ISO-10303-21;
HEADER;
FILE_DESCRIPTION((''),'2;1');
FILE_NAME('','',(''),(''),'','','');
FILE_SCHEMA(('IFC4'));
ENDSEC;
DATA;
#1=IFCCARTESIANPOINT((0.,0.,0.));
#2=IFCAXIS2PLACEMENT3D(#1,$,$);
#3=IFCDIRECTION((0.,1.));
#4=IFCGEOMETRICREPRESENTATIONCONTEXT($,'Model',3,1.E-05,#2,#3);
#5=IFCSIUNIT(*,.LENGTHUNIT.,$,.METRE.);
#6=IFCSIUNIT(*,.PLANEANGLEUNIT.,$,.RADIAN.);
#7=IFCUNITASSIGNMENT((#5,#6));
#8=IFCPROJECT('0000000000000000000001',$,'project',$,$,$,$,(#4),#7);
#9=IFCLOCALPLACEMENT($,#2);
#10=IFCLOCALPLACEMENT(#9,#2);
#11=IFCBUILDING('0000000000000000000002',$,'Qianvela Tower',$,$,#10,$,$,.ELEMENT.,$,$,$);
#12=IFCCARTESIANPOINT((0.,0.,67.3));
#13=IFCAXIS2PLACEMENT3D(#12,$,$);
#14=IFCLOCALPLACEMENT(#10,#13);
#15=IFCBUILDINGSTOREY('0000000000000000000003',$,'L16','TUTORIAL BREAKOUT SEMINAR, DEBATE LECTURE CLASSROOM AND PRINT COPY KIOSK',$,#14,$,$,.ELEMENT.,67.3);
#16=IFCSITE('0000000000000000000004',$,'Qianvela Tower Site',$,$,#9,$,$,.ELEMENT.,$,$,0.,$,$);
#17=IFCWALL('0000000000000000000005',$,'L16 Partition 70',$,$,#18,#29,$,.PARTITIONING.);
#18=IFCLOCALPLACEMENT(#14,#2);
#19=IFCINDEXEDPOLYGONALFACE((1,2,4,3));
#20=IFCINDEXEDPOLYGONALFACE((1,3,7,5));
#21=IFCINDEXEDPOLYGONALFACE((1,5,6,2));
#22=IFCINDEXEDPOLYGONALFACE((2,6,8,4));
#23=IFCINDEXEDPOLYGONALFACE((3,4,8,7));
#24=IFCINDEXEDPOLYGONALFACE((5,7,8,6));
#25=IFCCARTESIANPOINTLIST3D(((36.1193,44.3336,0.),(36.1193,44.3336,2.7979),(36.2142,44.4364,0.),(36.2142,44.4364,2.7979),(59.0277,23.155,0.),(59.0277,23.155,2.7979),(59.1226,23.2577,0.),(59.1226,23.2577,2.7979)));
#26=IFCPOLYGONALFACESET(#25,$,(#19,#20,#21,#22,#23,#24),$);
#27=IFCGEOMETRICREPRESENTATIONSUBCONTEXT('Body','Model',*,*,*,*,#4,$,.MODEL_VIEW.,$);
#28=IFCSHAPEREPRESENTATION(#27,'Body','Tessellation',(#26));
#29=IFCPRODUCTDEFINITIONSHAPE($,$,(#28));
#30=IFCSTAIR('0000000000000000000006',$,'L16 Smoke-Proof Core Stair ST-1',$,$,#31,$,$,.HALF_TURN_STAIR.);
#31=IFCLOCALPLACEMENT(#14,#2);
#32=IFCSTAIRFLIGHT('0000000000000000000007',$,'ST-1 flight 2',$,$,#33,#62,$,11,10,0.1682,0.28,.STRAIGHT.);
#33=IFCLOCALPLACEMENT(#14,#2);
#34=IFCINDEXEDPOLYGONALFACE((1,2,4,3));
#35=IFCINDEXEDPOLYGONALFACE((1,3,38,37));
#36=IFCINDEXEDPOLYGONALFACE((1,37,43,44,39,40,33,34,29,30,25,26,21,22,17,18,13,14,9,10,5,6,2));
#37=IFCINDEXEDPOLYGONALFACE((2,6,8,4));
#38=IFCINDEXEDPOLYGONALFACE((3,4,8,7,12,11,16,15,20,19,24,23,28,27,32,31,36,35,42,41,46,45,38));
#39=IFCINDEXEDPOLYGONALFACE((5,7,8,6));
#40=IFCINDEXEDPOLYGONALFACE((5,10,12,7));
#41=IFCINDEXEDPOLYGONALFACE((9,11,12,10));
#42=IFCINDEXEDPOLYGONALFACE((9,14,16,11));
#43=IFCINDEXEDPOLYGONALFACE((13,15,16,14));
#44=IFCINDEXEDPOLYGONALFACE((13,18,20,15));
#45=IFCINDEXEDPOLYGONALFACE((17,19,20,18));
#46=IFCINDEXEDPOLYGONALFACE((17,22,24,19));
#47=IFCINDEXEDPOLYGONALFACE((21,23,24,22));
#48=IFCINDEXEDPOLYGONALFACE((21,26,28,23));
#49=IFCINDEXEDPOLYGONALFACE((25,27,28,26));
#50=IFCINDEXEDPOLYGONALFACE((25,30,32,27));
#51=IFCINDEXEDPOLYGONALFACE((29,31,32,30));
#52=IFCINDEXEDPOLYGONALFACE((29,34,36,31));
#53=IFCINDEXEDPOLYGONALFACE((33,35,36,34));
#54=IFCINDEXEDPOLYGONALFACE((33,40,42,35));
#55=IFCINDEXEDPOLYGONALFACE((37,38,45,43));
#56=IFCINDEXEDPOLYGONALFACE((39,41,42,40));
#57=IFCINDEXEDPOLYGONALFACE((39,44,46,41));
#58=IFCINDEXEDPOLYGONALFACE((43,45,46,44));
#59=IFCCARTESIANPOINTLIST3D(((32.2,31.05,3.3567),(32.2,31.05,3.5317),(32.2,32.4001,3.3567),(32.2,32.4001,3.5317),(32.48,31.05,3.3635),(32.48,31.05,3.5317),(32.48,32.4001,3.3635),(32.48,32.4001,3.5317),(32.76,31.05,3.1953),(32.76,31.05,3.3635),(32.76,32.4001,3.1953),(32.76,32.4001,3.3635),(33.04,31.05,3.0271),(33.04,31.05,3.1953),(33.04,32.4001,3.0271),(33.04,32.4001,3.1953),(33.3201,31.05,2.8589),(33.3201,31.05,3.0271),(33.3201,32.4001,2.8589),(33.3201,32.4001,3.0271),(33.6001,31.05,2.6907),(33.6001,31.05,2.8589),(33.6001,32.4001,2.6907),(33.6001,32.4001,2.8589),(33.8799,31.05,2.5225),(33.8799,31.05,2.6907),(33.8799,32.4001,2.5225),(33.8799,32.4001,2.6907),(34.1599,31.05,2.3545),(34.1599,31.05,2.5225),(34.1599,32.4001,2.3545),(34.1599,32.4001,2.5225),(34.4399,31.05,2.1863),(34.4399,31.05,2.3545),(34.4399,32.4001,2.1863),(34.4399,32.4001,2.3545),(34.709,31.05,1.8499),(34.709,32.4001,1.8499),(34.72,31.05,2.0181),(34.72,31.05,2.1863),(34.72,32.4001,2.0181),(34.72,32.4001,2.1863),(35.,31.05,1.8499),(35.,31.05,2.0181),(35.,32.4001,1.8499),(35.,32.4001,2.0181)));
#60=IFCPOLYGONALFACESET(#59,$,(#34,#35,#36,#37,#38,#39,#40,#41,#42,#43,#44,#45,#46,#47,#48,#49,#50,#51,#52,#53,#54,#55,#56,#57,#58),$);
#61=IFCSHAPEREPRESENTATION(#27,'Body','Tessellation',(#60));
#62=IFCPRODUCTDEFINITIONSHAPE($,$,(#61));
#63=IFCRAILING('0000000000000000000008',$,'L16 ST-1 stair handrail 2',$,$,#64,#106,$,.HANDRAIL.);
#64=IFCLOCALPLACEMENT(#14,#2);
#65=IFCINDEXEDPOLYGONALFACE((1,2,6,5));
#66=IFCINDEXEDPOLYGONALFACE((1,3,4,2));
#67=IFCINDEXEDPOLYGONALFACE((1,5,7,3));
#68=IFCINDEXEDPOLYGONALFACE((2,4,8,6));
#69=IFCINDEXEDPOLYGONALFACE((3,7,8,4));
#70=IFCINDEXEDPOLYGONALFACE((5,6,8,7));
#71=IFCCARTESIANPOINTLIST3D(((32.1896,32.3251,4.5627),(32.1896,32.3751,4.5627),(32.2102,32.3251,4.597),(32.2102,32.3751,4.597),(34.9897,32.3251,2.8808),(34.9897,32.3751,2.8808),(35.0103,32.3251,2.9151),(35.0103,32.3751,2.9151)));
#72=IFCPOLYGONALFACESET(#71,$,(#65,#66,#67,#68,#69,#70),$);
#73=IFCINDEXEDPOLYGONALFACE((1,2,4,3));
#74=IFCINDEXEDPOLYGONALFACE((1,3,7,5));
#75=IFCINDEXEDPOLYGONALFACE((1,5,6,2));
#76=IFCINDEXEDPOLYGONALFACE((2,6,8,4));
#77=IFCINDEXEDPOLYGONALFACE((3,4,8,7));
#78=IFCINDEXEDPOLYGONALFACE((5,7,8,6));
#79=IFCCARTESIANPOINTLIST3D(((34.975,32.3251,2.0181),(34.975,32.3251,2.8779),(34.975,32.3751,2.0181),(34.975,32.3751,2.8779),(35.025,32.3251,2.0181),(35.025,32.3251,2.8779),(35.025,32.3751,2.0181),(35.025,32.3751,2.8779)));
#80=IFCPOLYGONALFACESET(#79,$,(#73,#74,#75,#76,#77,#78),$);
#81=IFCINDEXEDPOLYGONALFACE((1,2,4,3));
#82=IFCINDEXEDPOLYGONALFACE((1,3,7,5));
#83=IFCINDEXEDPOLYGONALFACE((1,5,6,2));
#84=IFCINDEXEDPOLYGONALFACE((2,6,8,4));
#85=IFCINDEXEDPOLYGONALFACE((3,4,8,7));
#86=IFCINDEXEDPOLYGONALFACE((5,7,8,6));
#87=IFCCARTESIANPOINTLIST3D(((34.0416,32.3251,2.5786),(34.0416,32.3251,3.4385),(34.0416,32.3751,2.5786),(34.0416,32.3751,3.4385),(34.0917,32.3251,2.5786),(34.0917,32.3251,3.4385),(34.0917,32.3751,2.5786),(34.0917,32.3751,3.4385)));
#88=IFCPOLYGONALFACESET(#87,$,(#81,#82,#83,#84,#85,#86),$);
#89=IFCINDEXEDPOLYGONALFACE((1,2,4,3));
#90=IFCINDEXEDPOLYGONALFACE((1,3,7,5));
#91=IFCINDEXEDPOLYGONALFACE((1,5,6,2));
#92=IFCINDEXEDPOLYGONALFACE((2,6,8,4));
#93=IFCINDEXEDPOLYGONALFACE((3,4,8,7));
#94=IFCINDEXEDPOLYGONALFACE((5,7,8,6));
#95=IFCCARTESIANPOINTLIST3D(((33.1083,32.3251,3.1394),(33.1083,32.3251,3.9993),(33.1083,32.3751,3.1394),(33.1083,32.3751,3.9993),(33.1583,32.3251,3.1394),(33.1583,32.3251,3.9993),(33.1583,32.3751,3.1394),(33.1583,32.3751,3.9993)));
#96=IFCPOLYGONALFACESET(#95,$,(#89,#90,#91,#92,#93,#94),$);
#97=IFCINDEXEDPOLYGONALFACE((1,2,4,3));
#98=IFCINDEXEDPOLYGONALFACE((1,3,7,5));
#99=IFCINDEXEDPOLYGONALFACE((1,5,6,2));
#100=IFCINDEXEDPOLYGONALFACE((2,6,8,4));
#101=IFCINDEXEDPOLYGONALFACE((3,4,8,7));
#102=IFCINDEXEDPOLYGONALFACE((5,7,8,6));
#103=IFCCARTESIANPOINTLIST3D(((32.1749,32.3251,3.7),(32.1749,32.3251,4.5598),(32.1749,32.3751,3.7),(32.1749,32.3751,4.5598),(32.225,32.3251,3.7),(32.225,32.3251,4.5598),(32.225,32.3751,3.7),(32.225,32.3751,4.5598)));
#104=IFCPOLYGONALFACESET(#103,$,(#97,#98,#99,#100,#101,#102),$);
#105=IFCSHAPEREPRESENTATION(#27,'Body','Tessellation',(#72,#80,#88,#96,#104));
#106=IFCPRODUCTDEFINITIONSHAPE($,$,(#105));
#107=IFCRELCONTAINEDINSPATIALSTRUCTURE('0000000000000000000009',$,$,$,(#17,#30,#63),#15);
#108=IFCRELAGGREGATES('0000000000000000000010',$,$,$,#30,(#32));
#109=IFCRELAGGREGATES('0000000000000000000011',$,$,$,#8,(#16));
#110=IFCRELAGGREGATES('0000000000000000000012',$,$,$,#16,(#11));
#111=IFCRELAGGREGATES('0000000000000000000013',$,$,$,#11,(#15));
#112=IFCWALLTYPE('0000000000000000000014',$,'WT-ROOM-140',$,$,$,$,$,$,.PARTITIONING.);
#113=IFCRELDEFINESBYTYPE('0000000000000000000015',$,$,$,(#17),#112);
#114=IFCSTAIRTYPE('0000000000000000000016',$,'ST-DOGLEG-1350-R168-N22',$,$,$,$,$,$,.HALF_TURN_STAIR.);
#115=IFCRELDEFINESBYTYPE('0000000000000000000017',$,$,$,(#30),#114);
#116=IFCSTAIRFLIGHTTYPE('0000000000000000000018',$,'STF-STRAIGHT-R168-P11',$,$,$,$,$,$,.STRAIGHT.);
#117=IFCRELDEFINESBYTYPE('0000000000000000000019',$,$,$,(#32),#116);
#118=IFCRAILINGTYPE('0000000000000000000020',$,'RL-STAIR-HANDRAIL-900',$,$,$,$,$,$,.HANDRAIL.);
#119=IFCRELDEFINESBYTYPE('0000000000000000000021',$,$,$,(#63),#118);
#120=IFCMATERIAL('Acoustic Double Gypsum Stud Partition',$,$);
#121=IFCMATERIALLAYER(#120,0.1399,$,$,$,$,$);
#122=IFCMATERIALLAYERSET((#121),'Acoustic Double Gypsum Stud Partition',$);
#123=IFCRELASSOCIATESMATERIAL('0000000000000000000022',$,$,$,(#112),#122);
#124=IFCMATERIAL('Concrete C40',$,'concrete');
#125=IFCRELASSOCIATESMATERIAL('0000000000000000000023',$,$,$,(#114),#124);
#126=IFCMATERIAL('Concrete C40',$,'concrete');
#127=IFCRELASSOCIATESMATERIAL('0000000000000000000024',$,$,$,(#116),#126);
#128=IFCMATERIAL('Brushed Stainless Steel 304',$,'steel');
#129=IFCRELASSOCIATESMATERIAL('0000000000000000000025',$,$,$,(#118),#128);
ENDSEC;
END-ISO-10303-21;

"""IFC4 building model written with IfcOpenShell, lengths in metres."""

from ifc_helpers import new_model, si_unit, direction, frame, frame_2d, origin, origin_2d, place, context, subcontext, project, spatial, polyline, rectangle, outline, extrude, material, layer, layer_set, type_object, element, aggregate, save


model = new_model("IFC4")

# Units and contexts
model_context = context("Model", 3, precision=1e-05, world=origin(), true_north=direction((0.0, 1.0)))
body_context = subcontext(model_context, "Body", "Model", "MODEL_VIEW")
ifc_project = project(units=[si_unit("LENGTHUNIT", "METRE"), si_unit("PLANEANGLEUNIT", "RADIAN")], contexts=[model_context])

# Site, building, storey
site_placement = place(None, origin())
site = spatial("IfcSite", under=ifc_project, at=site_placement, Name="Qianvela Tower Site", CompositionType="ELEMENT", RefElevation=0.0)
building_placement = place(site_placement, origin())
building = spatial("IfcBuilding", under=site, at=building_placement, Name="Qianvela Tower", CompositionType="ELEMENT")
storey_placement = place(building_placement, frame((0.0, 0.0, 67.3)))
storey = spatial("IfcBuildingStorey", under=building, at=storey_placement, Name="L16", Description="TUTORIAL BREAKOUT SEMINAR, DEBATE LECTURE CLASSROOM AND PRINT COPY KIOSK", CompositionType="ELEMENT", Elevation=67.3)

# Wall
ifc_material_1 = material(Name="Acoustic Double Gypsum Stud Partition")
ifc_layer_1 = layer(ifc_material_1, 0.1399)
ifc_layer_set_1 = layer_set([ifc_layer_1], Name="Acoustic Double Gypsum Stud Partition")
wall_type_1 = type_object("IfcWallType", Name="WT-ROOM-140", PredefinedType="PARTITIONING", material=ifc_layer_set_1)
wall_1_placement = place(storey_placement, frame((36.1667, 44.385, 0.0), z_axis=(0.0, 0.0, 1.0), x_axis=(0.734285, -0.678842, 0.0)))
element("IfcWall", 1, at=wall_1_placement, inside=storey, type_object=wall_type_1, Name="L16 Partition 70", PredefinedType="PARTITIONING", context=body_context, shape_type="SweptSolid", body=[
    extrude(rectangle(XDim=31.1982, YDim=0.1399, at=frame_2d((15.5991, 0.0))), origin(), (0.0, 0.0, 1.0), 2.7979),
])

# Stair, stair flight
ifc_material_2 = material(Name="Concrete C40", Category="concrete")
stair_type = type_object("IfcStairType", Name="ST-DOGLEG-1350-R168-N22", PredefinedType="HALF_TURN_STAIR", material=ifc_material_2)
stair_placement = place(storey_placement, origin())
stair = element("IfcStair", 2, at=stair_placement, inside=storey, type_object=stair_type, Name="L16 Smoke-Proof Core Stair ST-1", PredefinedType="HALF_TURN_STAIR")
ifc_material_3 = material(Name="Concrete C40", Category="concrete")
stair_flight_type = type_object("IfcStairFlightType", Name="STF-STRAIGHT-R168-P11", PredefinedType="STRAIGHT", material=ifc_material_3)
stair_flight_placement = place(storey_placement, frame((35.0, 31.7251, 1.8499), z_axis=(0.0, 0.0, 1.0), x_axis=(-1.0, 0.0, 0.0)))
stair_flight = element("IfcStairFlight", 3, at=stair_flight_placement, type_object=stair_flight_type, Name="ST-1 flight 2", NumberOfRisers=11, NumberOfTreads=10, PredefinedType="STRAIGHT", RiserHeight=0.1682, TreadLength=0.28, context=body_context, shape_type="SweptSolid", body=[
    extrude(outline(polyline([(0.0, 0.0), (0.0, 0.1682), (0.28, 0.1682), (0.28, 0.3364), (0.5601, 0.3364), (0.5601, 0.5046), (0.8401, 0.5046), (0.8401, 0.6726), (1.1201, 0.6726), (1.1201, 0.8408), (1.3999, 0.8408), (1.3999, 1.009), (1.6799, 1.009), (1.6799, 1.1772), (1.96, 1.1772), (1.96, 1.3455), (2.24, 1.3455), (2.24, 1.5137), (2.52, 1.5137), (2.52, 1.6819), (2.8, 1.6819), (2.8, 1.8501), (2.8, 1.5068), (0.291, 0.0), (0.0, 0.0)])), frame((0.0, 0.675, 0.0), z_axis=(0.0, -1.0, 0.0), x_axis=(1.0, 0.0, 0.0)), (0.0, 0.0, 1.0), 1.3501),
])
aggregate(stair, [stair_flight])

# Railing
ifc_material_4 = material(Name="Brushed Stainless Steel 304", Category="steel")
railing_type = type_object("IfcRailingType", Name="RL-STAIR-HANDRAIL-900", PredefinedType="HANDRAIL", material=ifc_material_4)
railing_placement = place(storey_placement, frame((35.0, 32.3501, 2.0181)))
element("IfcRailing", 4, at=railing_placement, inside=storey, type_object=railing_type, Name="L16 ST-1 stair handrail 2", PredefinedType="HANDRAIL", context=body_context, shape_type="SweptSolid", body=[
    extrude(rectangle(XDim=0.05, YDim=0.04, at=origin_2d()), frame((0.0, 0.0, 0.8799), z_axis=(-0.857242, 0.0, 0.514913), x_axis=(0.0, -1.0, 0.0)), (0.0, 0.0, 1.0), 3.2664),
    extrude(rectangle(XDim=0.05, YDim=0.05, at=origin_2d()), origin(), (0.0, 0.0, 1.0), 0.8599),
    extrude(rectangle(XDim=0.05, YDim=0.05, at=origin_2d()), frame((-0.9333, 0.0, 0.5605)), (0.0, 0.0, 1.0), 0.8599),
    extrude(rectangle(XDim=0.05, YDim=0.05, at=origin_2d()), frame((-1.8667, 0.0, 1.1213)), (0.0, 0.0, 1.0), 0.8599),
    extrude(rectangle(XDim=0.05, YDim=0.05, at=origin_2d()), frame((-2.8, 0.0, 1.6819)), (0.0, 0.0, 1.0), 0.8599),
])

save(model, "model.ifc")
